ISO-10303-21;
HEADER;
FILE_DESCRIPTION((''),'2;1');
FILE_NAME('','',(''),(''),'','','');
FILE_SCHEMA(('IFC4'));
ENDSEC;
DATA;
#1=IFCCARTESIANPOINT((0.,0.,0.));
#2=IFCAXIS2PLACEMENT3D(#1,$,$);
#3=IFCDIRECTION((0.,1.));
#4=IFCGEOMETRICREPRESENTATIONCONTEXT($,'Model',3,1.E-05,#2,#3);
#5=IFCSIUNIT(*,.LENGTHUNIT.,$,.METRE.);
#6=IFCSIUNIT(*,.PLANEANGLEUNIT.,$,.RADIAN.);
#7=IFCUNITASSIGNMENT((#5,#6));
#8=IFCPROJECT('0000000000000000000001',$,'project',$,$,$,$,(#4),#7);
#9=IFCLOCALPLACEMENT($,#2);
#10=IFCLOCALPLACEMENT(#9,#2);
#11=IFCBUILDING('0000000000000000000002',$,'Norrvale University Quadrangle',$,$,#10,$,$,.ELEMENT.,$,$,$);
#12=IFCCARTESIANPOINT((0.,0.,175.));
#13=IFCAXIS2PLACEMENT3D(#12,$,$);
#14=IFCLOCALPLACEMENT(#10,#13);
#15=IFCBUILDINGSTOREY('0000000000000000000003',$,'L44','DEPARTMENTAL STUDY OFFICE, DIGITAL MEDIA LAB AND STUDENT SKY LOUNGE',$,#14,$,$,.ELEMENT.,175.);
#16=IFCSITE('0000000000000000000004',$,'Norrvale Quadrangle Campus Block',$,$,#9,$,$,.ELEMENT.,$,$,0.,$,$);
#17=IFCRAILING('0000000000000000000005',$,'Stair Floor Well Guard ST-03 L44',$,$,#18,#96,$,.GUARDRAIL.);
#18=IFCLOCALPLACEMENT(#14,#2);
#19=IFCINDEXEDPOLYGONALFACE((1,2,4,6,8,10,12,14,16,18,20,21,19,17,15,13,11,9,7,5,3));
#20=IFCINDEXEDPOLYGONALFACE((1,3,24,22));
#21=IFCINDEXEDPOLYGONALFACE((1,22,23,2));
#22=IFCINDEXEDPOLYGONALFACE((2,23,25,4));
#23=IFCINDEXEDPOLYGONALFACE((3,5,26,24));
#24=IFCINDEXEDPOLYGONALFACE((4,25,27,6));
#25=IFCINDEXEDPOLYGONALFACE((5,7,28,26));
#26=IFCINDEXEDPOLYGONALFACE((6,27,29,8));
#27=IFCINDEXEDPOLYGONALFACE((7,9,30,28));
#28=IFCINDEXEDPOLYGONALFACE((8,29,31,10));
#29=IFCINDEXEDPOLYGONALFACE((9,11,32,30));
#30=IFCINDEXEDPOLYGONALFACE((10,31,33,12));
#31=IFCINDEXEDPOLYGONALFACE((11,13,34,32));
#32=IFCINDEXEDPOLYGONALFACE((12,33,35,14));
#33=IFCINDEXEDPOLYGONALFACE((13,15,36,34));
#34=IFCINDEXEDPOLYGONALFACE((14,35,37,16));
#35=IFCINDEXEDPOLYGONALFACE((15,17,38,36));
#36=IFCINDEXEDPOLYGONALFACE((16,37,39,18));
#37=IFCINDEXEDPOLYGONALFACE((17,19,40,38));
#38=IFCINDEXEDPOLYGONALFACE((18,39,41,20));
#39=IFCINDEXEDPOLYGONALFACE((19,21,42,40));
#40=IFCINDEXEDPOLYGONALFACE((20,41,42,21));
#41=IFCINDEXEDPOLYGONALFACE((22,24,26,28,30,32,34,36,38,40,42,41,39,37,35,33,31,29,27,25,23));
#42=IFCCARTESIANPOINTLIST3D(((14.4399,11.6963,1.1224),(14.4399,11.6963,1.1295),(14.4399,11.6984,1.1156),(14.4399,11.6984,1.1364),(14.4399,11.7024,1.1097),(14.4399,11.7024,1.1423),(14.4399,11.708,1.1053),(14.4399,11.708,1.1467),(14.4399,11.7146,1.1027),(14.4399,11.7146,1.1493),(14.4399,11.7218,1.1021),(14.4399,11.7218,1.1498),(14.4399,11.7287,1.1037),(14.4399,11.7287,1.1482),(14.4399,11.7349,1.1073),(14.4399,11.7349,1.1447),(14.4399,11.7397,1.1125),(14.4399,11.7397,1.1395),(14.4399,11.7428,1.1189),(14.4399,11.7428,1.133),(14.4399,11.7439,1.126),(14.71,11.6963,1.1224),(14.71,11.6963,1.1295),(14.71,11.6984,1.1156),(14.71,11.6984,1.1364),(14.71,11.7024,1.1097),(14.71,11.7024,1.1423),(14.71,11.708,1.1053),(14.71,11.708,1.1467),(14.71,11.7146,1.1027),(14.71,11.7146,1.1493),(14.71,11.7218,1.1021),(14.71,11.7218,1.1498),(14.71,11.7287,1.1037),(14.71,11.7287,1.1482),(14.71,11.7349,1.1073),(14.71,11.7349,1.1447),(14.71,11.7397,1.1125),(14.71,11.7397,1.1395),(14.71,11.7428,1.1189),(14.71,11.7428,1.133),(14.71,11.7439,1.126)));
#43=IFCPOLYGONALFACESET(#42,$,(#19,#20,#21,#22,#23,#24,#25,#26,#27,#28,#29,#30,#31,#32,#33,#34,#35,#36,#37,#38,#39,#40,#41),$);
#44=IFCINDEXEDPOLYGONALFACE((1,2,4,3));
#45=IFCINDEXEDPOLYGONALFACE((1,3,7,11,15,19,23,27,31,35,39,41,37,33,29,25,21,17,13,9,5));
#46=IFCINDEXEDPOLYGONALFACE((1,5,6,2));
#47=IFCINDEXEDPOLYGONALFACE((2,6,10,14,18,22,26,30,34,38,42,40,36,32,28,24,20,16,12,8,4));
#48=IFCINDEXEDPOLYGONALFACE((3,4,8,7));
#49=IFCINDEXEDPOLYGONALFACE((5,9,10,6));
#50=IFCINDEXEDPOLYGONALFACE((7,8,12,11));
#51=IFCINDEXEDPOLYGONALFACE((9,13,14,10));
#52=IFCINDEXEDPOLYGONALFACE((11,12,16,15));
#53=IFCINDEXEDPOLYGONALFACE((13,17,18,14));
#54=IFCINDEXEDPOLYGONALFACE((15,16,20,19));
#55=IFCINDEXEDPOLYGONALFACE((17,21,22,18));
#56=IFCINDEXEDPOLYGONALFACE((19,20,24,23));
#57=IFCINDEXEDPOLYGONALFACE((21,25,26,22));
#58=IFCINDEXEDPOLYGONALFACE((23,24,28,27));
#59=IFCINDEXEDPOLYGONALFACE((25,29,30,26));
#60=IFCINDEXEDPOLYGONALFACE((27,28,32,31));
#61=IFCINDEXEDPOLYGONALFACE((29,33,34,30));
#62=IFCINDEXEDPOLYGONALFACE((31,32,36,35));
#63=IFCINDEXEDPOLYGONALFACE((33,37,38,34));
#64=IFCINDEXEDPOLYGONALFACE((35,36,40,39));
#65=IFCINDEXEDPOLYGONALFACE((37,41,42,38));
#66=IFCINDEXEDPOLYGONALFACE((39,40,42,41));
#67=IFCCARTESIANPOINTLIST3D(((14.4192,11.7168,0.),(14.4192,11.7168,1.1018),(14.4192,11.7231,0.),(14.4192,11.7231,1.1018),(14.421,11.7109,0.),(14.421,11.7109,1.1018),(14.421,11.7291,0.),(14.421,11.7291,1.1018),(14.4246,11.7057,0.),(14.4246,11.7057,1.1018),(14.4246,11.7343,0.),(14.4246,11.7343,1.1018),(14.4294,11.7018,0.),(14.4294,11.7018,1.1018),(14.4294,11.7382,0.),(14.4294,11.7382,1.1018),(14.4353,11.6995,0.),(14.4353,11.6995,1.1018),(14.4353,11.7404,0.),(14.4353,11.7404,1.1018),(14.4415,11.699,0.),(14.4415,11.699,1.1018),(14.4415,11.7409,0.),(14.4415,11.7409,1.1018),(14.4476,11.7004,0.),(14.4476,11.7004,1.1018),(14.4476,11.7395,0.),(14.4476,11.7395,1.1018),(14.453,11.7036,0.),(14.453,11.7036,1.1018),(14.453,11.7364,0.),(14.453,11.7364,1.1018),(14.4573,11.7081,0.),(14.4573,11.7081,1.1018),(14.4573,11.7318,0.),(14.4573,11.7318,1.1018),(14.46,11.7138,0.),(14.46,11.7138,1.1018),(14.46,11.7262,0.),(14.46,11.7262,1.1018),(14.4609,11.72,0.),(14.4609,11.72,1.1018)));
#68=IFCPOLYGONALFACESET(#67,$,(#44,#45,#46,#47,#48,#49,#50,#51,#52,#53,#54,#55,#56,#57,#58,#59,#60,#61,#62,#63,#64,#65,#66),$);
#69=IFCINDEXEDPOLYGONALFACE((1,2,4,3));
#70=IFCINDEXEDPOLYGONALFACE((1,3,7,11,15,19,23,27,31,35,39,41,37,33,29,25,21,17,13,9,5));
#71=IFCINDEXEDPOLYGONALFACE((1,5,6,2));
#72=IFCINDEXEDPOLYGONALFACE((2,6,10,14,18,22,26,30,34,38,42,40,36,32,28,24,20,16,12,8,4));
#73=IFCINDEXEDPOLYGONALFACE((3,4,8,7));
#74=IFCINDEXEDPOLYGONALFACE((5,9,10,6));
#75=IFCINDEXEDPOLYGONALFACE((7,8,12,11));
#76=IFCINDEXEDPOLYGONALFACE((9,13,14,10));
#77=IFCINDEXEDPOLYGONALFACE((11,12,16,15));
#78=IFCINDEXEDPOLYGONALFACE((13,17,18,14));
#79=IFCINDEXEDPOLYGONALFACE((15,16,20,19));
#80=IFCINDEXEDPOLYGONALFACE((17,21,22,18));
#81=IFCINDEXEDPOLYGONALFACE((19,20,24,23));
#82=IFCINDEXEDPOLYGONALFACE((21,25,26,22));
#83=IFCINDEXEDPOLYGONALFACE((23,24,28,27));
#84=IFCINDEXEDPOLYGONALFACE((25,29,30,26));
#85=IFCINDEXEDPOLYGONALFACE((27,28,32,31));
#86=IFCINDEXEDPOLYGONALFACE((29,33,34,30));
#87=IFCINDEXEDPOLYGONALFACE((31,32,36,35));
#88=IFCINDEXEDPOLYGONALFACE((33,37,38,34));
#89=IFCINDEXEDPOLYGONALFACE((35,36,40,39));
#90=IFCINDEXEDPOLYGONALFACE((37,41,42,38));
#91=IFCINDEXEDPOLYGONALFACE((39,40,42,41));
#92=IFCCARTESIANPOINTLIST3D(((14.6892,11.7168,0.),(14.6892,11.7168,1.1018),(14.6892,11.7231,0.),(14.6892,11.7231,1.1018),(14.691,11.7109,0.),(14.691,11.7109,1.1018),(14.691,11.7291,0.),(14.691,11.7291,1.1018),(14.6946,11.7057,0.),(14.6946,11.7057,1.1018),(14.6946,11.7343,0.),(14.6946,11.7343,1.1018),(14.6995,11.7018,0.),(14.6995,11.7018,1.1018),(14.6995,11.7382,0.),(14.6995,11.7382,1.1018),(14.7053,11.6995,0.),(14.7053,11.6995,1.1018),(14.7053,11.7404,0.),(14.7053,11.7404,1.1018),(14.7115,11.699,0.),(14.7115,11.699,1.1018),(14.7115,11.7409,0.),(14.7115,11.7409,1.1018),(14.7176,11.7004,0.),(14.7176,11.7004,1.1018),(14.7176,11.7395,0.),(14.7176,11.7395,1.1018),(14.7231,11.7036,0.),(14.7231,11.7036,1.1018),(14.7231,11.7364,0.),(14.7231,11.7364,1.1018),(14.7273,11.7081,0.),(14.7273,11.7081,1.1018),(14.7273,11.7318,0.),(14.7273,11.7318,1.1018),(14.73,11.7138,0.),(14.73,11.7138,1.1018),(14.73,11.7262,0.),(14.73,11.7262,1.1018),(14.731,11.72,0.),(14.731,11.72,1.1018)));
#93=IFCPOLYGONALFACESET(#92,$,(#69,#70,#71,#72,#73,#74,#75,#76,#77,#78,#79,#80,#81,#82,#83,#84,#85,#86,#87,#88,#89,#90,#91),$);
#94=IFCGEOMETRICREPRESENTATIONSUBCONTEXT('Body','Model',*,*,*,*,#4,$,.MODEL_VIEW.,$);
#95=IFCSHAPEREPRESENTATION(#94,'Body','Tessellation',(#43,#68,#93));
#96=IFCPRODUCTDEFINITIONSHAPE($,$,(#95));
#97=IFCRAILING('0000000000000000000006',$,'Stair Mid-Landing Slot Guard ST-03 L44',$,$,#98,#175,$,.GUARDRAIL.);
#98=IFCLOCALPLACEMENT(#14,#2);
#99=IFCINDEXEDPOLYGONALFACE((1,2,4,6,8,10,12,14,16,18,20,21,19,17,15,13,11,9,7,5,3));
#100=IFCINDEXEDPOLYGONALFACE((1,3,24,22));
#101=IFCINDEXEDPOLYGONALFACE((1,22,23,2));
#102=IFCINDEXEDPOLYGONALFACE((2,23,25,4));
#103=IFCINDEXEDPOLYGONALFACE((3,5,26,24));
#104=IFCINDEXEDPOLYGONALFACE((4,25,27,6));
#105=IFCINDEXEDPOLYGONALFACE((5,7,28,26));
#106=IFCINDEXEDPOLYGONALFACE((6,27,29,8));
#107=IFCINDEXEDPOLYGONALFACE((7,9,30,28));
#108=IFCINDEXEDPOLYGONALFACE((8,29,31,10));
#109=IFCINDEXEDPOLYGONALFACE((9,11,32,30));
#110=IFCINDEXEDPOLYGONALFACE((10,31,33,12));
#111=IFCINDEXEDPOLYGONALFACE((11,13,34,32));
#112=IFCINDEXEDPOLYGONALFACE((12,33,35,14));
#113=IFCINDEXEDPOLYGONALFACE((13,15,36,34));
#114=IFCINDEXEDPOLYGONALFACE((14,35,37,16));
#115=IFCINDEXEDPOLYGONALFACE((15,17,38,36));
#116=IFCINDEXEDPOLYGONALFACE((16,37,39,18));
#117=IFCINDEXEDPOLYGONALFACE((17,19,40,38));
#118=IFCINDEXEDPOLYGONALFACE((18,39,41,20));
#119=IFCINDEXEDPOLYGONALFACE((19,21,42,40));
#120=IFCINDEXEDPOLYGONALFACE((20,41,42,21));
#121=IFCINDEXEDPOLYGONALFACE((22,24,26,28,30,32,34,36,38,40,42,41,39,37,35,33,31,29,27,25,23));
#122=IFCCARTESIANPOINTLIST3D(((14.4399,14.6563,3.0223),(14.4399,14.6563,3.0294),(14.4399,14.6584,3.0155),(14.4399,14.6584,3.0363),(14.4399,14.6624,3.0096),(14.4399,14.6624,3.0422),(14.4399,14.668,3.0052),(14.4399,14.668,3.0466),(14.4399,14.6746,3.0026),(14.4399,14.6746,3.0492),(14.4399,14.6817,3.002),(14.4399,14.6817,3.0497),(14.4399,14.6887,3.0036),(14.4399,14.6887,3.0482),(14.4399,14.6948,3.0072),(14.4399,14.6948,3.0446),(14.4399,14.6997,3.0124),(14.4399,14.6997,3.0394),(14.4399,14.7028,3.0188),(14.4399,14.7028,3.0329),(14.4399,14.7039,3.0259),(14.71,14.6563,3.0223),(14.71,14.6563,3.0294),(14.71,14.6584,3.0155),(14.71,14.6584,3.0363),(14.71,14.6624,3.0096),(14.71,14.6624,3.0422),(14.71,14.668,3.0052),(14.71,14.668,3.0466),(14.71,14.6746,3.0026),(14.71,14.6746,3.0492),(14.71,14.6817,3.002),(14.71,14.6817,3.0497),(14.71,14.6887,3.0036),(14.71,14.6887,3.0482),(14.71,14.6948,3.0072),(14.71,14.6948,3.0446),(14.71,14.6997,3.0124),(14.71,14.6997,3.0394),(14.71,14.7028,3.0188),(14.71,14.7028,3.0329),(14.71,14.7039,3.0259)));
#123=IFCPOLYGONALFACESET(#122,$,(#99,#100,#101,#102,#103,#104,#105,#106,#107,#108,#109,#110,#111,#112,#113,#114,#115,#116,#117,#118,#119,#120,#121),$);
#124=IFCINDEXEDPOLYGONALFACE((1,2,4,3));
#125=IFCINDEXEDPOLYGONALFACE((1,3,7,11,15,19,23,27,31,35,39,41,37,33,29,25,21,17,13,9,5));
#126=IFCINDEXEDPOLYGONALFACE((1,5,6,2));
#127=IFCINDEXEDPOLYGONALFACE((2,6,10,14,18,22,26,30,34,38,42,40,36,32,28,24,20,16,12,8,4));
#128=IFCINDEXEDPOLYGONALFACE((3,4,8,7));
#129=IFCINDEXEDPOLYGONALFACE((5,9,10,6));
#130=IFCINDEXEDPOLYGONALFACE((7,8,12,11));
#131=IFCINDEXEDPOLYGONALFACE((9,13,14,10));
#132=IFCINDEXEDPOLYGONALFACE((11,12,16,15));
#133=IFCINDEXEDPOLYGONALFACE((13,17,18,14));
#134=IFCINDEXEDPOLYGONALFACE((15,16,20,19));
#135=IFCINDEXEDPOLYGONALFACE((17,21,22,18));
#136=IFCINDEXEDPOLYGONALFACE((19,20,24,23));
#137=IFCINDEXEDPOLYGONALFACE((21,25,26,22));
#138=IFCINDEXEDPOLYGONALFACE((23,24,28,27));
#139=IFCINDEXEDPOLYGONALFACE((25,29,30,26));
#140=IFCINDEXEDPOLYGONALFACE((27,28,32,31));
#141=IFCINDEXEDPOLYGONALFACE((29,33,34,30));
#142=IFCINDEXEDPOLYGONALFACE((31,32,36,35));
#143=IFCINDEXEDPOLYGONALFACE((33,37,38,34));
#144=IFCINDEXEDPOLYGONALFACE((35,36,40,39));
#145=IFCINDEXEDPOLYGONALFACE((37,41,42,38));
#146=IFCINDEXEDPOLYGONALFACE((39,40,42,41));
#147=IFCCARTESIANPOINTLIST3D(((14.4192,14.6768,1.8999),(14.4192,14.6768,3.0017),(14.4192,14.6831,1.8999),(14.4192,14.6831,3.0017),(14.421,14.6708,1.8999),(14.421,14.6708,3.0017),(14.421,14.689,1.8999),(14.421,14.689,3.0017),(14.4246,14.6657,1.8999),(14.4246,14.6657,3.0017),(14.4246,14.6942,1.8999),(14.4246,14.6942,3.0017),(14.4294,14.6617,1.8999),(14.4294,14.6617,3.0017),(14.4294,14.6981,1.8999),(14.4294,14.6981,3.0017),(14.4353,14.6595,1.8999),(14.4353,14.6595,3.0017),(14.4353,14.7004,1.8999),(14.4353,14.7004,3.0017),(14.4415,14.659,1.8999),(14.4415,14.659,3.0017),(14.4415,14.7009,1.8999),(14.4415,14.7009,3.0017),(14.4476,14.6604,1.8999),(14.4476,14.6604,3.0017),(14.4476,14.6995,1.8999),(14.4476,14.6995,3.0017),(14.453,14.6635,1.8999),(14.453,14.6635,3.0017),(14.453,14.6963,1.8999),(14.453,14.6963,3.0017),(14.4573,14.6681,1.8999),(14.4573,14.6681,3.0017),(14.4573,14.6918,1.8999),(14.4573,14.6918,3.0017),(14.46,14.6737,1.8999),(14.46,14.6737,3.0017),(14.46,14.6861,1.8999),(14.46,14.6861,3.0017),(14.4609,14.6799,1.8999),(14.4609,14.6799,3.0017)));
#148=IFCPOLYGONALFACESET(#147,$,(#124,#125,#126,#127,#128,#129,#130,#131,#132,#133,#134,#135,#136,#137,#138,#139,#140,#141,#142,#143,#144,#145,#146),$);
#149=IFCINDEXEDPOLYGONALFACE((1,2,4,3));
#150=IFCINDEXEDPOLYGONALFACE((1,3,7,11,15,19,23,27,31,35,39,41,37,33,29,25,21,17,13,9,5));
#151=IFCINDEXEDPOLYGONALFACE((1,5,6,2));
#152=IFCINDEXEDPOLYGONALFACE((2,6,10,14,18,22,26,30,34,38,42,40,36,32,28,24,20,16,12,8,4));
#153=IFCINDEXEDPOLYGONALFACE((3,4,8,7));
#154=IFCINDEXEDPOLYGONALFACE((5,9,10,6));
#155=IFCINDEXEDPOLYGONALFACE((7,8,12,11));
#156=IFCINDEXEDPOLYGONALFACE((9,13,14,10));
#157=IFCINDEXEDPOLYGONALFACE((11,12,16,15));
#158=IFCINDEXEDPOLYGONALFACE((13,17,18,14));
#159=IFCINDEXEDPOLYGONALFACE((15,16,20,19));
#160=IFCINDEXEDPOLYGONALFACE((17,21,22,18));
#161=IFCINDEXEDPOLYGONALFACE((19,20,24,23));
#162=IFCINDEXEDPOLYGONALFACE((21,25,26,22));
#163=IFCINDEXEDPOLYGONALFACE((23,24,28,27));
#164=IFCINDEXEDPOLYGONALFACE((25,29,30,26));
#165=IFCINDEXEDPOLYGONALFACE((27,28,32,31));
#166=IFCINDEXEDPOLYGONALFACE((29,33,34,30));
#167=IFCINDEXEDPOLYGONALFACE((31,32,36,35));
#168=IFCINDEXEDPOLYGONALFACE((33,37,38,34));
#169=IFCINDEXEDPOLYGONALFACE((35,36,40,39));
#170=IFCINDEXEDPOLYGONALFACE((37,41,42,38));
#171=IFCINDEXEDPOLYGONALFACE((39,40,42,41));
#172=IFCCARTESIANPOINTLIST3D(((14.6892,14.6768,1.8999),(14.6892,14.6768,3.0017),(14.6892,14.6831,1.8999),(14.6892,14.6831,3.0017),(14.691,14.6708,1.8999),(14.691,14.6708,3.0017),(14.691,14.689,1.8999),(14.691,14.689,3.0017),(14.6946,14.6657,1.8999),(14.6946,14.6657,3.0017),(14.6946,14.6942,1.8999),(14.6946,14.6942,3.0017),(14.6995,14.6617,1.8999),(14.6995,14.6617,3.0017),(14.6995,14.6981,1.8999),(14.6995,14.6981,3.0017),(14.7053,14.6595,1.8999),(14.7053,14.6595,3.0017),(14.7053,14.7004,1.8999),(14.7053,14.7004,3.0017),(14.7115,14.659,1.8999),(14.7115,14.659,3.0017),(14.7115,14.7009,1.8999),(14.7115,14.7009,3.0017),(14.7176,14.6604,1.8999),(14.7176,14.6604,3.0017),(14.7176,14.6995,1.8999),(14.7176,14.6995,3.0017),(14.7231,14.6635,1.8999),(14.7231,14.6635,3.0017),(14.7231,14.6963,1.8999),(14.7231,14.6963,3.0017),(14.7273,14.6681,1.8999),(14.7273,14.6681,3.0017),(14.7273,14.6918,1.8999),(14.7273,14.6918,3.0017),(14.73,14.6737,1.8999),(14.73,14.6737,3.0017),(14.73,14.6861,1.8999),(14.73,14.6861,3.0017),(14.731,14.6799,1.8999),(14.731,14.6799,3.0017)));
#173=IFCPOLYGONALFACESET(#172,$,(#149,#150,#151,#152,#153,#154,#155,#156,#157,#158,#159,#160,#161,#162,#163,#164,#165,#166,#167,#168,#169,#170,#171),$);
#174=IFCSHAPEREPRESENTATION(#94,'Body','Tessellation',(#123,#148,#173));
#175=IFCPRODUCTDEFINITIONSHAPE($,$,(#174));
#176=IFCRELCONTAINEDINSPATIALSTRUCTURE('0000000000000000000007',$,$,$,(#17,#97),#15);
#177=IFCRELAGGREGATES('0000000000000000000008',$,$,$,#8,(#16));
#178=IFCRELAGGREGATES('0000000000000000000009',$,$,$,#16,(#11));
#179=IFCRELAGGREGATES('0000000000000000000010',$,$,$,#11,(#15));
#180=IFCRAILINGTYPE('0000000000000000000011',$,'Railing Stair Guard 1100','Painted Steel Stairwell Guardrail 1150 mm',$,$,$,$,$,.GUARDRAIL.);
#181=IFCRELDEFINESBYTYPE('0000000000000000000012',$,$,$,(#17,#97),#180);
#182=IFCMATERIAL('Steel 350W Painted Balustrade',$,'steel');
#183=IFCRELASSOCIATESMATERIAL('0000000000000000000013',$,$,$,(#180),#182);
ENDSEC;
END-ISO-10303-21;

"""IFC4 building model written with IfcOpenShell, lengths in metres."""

from ifc_helpers import new_model, si_unit, direction, frame, origin, origin_2d, place, context, subcontext, project, spatial, circle, extrude, material, type_object, element, save


model = new_model("IFC4")

# Units and contexts
model_context = context("Model", 3, precision=1e-05, world=origin(), true_north=direction((0.0, 1.0)))
body_context = subcontext(model_context, "Body", "Model", "MODEL_VIEW")
ifc_project = project(units=[si_unit("LENGTHUNIT", "METRE"), si_unit("PLANEANGLEUNIT", "RADIAN")], contexts=[model_context])

# Site, building, storey
site_placement = place(None, origin())
site = spatial("IfcSite", under=ifc_project, at=site_placement, Name="Norrvale Quadrangle Campus Block", CompositionType="ELEMENT", RefElevation=0.0)
building_placement = place(site_placement, origin())
building = spatial("IfcBuilding", under=site, at=building_placement, Name="Norrvale University Quadrangle", CompositionType="ELEMENT")
storey_placement = place(building_placement, frame((0.0, 0.0, 175.0)))
storey = spatial("IfcBuildingStorey", under=building, at=storey_placement, Name="L44", Description="DEPARTMENTAL STUDY OFFICE, DIGITAL MEDIA LAB AND STUDENT SKY LOUNGE", CompositionType="ELEMENT", Elevation=175.0)

# Railings
ifc_material_1 = material(Name="Steel 350W Painted Balustrade", Category="steel")
railing_type_1 = type_object("IfcRailingType", Name="Railing Stair Guard 1100", Description="Painted Steel Stairwell Guardrail 1150 mm", PredefinedType="GUARDRAIL", material=ifc_material_1)
for number, where, name in (
    (1, (14.4399, 11.72, 0.0), "Stair Floor Well Guard ST-03 L44"),
    (2, (14.4399, 14.6799, 1.8999), "Stair Mid-Landing Slot Guard ST-03 L44"),
):
    element("IfcRailing", number, at=place(storey_placement, frame(where)), inside=storey, type_object=railing_type_1, Name=name, PredefinedType="GUARDRAIL", context=body_context, shape_type="SweptSolid", body=[
        extrude(circle(Radius=0.0239, at=origin_2d()), frame((0.0, 0.0, 1.126), z_axis=(1.0, 0.0, 0.0), x_axis=(0.0, 1.0, 0.0)), (0.0, 0.0, 1.0), 0.27),
        extrude(circle(Radius=0.021, at=origin_2d()), origin(), (0.0, 0.0, 1.0), 1.1018),
        extrude(circle(Radius=0.021, at=origin_2d()), frame((0.27, 0.0, 0.0)), (0.0, 0.0, 1.0), 1.1018),
    ])

save(model, "model.ifc")
